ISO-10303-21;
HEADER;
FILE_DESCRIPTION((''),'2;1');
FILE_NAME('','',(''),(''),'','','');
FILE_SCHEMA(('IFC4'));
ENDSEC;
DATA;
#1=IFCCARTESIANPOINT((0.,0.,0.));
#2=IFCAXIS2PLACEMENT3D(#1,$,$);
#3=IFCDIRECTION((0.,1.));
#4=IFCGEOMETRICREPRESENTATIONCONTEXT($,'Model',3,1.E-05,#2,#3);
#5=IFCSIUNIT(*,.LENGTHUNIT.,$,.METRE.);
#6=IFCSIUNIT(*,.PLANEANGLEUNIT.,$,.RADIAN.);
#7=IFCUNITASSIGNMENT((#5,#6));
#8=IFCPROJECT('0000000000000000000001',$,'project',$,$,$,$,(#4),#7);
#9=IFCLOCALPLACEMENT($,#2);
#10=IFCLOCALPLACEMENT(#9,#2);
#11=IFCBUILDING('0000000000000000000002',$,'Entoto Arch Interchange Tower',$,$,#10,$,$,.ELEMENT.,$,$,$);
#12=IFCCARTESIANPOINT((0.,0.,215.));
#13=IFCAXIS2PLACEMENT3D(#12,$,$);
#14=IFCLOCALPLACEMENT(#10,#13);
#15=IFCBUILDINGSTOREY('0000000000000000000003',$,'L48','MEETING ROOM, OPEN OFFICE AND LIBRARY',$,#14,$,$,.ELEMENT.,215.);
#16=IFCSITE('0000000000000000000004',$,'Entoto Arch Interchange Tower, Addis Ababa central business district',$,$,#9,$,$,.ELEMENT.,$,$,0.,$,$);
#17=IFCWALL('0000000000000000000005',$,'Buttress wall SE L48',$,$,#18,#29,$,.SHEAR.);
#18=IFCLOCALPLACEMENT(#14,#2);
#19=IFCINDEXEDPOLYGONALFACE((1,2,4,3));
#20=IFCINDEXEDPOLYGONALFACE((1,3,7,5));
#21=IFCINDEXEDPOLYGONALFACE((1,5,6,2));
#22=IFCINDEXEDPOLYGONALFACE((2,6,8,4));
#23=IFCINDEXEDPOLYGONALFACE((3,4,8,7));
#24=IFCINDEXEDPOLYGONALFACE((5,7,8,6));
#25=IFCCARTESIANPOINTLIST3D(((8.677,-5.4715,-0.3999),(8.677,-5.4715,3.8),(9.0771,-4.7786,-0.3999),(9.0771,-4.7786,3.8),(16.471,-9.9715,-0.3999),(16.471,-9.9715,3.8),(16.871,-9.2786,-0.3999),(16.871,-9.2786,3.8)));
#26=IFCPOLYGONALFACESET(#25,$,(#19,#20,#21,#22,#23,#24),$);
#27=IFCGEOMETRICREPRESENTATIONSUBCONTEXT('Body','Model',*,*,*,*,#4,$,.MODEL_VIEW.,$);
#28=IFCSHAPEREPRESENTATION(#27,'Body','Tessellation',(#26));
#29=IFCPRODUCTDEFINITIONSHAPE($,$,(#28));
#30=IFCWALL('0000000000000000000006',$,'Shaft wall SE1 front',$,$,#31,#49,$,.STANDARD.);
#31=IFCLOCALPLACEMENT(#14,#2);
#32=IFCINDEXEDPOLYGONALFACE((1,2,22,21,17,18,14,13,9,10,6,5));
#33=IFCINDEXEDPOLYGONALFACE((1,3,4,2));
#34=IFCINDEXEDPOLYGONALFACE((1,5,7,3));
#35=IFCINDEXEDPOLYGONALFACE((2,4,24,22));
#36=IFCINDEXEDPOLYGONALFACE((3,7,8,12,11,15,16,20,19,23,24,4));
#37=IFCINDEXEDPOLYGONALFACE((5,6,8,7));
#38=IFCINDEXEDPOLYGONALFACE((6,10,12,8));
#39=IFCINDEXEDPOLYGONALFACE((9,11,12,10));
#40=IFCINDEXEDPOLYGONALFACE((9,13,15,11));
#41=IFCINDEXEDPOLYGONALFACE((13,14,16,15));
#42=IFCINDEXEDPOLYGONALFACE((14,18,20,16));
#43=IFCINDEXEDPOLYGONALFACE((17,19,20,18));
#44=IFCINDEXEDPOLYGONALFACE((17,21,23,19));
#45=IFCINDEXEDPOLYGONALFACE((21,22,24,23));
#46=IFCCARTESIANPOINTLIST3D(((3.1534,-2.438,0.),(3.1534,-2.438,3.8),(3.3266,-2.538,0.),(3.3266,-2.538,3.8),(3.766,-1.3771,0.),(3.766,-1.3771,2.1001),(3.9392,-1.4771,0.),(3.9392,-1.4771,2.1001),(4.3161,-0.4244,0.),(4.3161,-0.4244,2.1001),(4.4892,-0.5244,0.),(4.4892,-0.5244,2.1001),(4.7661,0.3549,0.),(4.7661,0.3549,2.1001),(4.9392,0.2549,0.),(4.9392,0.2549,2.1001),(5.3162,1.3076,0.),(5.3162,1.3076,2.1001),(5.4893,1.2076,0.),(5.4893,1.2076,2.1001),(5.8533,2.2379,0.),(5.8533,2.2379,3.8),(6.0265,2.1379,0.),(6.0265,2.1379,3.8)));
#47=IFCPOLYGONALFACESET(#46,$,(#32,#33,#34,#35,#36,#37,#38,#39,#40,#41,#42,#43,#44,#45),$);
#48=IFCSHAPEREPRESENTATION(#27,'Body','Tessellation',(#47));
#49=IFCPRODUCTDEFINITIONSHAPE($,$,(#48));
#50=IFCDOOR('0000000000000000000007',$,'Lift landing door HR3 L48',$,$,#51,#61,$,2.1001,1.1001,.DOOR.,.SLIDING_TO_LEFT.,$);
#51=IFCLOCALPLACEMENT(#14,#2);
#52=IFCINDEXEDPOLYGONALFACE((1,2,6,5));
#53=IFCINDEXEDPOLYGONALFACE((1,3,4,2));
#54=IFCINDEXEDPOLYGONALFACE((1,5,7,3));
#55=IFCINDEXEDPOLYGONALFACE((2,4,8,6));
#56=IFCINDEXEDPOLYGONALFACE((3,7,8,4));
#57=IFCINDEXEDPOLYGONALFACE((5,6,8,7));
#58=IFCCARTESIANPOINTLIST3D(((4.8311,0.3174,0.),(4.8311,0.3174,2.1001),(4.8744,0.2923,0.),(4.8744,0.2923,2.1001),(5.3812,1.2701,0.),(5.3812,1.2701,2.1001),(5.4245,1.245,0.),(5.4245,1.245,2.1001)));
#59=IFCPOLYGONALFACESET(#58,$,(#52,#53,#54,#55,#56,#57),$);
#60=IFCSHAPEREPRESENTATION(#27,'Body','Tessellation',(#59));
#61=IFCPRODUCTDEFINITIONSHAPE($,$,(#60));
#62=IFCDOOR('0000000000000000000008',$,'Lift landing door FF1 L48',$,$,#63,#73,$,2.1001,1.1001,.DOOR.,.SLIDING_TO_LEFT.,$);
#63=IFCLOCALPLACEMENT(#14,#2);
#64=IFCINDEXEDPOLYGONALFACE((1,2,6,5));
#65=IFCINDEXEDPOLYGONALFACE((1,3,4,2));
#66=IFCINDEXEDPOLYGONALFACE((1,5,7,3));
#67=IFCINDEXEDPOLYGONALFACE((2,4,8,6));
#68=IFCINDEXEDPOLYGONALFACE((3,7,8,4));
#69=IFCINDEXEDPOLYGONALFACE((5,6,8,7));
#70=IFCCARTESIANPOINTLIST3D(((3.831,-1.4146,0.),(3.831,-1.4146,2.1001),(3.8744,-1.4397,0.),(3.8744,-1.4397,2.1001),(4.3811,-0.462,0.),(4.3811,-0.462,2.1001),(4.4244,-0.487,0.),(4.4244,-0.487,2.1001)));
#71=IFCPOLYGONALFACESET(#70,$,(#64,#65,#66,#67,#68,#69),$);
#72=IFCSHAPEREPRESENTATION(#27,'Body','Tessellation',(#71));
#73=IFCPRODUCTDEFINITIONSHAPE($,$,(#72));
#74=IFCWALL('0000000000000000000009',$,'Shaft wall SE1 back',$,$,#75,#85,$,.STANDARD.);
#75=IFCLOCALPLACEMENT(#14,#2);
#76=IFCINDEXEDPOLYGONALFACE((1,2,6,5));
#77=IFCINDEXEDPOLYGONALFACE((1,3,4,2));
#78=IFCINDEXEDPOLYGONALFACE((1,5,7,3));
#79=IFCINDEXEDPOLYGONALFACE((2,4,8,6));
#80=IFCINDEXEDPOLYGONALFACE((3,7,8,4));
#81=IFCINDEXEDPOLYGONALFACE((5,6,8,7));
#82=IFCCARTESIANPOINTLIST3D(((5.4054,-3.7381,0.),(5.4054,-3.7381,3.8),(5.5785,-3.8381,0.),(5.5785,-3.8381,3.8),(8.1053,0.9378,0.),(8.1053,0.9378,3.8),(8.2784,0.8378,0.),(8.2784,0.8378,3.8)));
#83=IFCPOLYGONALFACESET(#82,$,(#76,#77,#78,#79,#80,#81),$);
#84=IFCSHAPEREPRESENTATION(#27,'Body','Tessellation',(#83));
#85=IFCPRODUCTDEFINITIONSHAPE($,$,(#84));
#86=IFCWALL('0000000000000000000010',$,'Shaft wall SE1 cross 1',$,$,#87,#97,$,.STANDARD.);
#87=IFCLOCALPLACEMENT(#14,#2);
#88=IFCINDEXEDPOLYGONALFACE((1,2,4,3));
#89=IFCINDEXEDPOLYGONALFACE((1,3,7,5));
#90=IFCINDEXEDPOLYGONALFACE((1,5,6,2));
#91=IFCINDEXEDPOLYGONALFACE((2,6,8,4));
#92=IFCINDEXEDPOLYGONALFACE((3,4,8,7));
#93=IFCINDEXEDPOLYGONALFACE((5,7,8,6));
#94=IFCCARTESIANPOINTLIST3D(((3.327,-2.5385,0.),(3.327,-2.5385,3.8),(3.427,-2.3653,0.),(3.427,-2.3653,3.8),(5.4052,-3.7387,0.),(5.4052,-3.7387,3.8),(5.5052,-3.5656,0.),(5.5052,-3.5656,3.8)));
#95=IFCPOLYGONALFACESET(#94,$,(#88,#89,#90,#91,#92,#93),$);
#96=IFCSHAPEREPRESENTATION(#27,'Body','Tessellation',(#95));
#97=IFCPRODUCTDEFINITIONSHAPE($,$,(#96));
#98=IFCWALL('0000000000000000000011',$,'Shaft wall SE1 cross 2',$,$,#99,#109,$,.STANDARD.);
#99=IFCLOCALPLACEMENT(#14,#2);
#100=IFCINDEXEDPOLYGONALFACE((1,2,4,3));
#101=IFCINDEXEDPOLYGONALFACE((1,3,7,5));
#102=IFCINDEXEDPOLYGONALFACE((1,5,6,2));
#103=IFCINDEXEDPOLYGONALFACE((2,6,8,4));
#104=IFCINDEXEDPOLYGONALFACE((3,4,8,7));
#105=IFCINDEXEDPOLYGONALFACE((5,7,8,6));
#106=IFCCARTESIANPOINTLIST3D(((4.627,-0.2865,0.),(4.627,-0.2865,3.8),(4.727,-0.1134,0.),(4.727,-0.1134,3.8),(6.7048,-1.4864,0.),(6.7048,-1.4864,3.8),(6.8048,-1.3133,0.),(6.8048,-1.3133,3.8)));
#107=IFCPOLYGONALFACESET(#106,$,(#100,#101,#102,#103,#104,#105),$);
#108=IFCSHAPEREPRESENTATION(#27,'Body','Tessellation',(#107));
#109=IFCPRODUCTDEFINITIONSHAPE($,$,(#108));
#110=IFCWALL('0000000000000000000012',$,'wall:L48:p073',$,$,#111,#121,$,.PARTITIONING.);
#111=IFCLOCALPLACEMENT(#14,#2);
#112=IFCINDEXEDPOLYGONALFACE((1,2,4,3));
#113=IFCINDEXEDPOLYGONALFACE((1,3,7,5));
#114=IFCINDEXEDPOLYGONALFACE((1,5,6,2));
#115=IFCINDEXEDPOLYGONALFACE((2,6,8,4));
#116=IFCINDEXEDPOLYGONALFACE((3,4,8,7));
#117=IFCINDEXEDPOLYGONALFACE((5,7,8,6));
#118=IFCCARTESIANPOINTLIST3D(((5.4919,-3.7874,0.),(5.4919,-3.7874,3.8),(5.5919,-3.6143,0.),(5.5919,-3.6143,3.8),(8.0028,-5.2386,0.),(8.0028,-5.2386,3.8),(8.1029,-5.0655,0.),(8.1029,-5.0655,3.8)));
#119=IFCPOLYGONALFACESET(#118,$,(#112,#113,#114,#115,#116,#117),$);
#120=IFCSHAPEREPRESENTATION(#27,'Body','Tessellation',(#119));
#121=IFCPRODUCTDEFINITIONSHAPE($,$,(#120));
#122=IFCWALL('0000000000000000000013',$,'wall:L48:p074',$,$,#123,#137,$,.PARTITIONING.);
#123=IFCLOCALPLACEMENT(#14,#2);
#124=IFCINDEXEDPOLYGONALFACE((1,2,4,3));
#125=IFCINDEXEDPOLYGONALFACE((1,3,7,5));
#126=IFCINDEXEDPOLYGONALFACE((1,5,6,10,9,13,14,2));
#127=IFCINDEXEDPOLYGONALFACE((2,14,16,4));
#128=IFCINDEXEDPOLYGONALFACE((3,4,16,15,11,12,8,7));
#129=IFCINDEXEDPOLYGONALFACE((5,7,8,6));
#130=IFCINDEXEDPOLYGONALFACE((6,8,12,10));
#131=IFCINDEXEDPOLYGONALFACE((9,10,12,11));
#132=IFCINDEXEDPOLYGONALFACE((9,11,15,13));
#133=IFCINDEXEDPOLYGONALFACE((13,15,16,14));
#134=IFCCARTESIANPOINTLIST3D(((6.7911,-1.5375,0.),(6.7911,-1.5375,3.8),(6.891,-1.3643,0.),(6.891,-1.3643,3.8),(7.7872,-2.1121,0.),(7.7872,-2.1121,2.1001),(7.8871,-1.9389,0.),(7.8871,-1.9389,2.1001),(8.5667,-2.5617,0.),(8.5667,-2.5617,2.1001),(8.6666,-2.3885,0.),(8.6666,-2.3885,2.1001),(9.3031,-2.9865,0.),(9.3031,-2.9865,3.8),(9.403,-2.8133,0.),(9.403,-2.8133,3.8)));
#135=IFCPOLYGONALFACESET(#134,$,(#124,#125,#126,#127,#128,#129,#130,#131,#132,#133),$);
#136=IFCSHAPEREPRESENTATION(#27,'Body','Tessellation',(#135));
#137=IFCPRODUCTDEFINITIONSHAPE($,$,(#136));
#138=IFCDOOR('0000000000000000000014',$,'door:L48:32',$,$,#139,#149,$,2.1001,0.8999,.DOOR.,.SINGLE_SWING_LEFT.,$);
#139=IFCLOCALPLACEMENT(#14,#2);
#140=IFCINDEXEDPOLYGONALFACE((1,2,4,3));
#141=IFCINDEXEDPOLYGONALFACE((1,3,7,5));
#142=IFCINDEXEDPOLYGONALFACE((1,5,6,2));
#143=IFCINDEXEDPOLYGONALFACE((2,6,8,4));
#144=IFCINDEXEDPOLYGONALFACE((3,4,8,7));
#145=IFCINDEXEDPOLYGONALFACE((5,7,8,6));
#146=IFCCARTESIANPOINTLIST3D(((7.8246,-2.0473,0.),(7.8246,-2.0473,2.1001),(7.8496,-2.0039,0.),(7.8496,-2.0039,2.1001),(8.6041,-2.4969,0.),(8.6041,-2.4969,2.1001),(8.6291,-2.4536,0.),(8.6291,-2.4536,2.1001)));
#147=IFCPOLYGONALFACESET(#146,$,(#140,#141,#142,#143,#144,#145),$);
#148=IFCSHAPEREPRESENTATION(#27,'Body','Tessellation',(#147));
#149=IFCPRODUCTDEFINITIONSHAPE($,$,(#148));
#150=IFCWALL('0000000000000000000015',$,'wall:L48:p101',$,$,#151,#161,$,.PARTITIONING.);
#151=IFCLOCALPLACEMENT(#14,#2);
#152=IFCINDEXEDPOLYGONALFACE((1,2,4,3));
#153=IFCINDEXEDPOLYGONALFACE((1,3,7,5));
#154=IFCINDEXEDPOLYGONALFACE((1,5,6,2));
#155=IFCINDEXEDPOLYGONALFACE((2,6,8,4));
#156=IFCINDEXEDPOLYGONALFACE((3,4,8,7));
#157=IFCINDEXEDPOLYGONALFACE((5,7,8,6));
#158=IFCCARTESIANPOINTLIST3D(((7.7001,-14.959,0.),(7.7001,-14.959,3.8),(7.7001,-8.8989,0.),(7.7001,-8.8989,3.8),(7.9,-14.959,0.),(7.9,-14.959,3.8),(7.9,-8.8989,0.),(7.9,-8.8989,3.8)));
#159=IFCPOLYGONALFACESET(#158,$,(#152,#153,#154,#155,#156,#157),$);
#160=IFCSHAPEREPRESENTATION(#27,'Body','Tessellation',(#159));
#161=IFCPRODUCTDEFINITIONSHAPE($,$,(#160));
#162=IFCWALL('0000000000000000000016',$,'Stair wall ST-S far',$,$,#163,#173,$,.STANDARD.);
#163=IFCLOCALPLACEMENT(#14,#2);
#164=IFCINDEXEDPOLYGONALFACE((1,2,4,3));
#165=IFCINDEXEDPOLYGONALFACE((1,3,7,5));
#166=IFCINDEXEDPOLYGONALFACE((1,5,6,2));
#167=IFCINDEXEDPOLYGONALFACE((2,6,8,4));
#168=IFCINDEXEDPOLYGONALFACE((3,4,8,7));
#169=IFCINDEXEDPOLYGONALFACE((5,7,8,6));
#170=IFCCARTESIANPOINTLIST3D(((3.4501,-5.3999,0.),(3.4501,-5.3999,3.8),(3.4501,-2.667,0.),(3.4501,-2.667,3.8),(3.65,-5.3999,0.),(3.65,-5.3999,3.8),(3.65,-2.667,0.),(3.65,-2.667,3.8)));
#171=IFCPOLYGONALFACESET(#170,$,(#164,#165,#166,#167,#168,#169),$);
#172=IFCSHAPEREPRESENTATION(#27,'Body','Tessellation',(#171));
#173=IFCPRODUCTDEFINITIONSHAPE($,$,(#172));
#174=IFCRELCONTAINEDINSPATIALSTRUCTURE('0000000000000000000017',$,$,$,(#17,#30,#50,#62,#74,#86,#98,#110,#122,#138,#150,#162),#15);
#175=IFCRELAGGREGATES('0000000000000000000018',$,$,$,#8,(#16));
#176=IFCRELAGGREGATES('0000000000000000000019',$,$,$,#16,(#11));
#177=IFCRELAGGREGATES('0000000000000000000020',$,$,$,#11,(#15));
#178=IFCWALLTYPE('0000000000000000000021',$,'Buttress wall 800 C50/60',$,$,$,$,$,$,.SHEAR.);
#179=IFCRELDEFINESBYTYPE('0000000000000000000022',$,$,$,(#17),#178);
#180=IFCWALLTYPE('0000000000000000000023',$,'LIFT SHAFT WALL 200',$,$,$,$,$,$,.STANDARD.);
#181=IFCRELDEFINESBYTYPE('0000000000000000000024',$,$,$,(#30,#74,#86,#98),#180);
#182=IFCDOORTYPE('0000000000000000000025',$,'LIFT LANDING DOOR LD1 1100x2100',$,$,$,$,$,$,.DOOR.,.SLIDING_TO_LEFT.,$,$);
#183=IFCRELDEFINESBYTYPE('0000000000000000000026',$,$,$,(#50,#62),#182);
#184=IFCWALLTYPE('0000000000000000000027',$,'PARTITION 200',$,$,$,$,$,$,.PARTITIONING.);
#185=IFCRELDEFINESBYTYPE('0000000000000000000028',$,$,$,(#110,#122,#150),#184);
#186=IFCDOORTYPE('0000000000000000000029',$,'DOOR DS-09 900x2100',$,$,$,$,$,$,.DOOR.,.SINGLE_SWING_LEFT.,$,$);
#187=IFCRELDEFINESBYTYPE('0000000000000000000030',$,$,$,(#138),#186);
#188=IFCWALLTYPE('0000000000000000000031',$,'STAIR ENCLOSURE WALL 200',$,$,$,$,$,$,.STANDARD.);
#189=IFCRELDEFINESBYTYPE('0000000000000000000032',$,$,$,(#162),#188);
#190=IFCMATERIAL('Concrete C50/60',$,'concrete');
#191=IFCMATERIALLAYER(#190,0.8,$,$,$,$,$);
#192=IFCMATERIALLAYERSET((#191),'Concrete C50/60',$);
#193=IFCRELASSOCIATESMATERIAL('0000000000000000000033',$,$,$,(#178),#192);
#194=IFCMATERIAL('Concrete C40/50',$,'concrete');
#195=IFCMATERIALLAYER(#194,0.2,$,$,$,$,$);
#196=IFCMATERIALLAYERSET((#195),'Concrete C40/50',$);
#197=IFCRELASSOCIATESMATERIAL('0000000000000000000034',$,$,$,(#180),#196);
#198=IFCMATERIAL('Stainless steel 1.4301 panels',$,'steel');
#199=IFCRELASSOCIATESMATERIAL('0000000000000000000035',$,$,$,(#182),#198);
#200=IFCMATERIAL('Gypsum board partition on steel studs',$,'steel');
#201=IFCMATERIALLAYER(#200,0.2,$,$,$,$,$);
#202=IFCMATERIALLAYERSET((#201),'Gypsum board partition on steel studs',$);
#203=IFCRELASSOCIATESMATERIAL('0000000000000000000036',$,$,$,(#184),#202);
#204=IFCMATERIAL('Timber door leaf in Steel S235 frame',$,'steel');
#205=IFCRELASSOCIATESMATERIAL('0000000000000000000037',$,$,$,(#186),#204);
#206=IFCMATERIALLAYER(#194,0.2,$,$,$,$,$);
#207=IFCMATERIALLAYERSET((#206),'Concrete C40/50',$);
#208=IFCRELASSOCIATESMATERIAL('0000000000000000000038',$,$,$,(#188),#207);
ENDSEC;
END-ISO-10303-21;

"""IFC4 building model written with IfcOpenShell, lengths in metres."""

from ifc_helpers import new_model, si_unit, direction, frame, frame_2d, origin, place, context, subcontext, project, spatial, rectangle, extrude, material, layer, layer_set, type_object, element, fill, save


model = new_model("IFC4")

# Units and contexts
model_context = context("Model", 3, precision=1e-05, world=origin(), true_north=direction((0.0, 1.0)))
body_context = subcontext(model_context, "Body", "Model", "MODEL_VIEW")
ifc_project = project(units=[si_unit("LENGTHUNIT", "METRE"), si_unit("PLANEANGLEUNIT", "RADIAN")], contexts=[model_context])

# Site, building, storey
site_placement = place(None, origin())
site = spatial("IfcSite", under=ifc_project, at=site_placement, Name="Entoto Arch Interchange Tower, Addis Ababa central business district", CompositionType="ELEMENT", RefElevation=0.0)
building_placement = place(site_placement, origin())
building = spatial("IfcBuilding", under=site, at=building_placement, Name="Entoto Arch Interchange Tower", CompositionType="ELEMENT")
storey_placement = place(building_placement, frame((0.0, 0.0, 215.0)))
storey = spatial("IfcBuildingStorey", under=building, at=storey_placement, Name="L48", Description="MEETING ROOM, OPEN OFFICE AND LIBRARY", CompositionType="ELEMENT", Elevation=215.0)

# Wall
ifc_material_1 = material(Name="Concrete C50/60", Category="concrete")
ifc_layer_1 = layer(ifc_material_1, 0.8)
ifc_layer_set_1 = layer_set([ifc_layer_1], Name="Concrete C50/60")
wall_type_1 = type_object("IfcWallType", Name="Buttress wall 800 C50/60", PredefinedType="SHEAR", material=ifc_layer_set_1)
wall_1_placement = place(storey_placement, frame((8.877, -5.125, -0.3999), z_axis=(0.0, 0.0, 1.0), x_axis=(0.866018, -0.500014, 0.0)))
element("IfcWall", 1, at=wall_1_placement, inside=storey, type_object=wall_type_1, Name="Buttress wall SE L48", PredefinedType="SHEAR", context=body_context, shape_type="SweptSolid", body=[
    extrude(rectangle(XDim=8.9998, YDim=0.8, at=frame_2d((4.5, 0.0))), origin(), (0.0, 0.0, 1.0), 4.2),
])

# Wall, openings, doors
ifc_material_2 = material(Name="Concrete C40/50", Category="concrete")
ifc_layer_2 = layer(ifc_material_2, 0.2)
ifc_layer_set_2 = layer_set([ifc_layer_2], Name="Concrete C40/50")
wall_type_2 = type_object("IfcWallType", Name="LIFT SHAFT WALL 200", PredefinedType="STANDARD", material=ifc_layer_set_2)
wall_2_placement = place(storey_placement, frame((3.24, -2.488, 0.0), z_axis=(0.0, 0.0, 1.0), x_axis=(0.500034, 0.866006, 0.0)))
wall_2 = element("IfcWall", 2, at=wall_2_placement, inside=storey, type_object=wall_type_2, Name="Shaft wall SE1 front", PredefinedType="STANDARD", context=body_context, shape_type="SweptSolid", body=[
    extrude(rectangle(XDim=5.3994, YDim=0.2, at=frame_2d((2.6997, 0.0))), origin(), (0.0, 0.0, 1.0), 3.8),
])
opening_1_placement = place(wall_2_placement, frame((3.2251, 0.0, 0.0)))
opening_1 = element("IfcOpeningElement", 3, at=opening_1_placement, cuts=wall_2, PredefinedType="OPENING", context=body_context, shape_type="SweptSolid", body=[
    extrude(rectangle(XDim=1.1001, YDim=2.1001, at=frame_2d((0.55, 1.05))), frame((0.0, 0.1099, 0.0), z_axis=(0.0, -1.0, 0.0), x_axis=(1.0, 0.0, 0.0)), (0.0, 0.0, 1.0), 0.22),
])
opening_2_placement = place(wall_2_placement, frame((1.2251, 0.0, 0.0)))
opening_2 = element("IfcOpeningElement", 4, at=opening_2_placement, cuts=wall_2, PredefinedType="OPENING", context=body_context, shape_type="SweptSolid", body=[
    extrude(rectangle(XDim=1.1001, YDim=2.1001, at=frame_2d((0.55, 1.05))), frame((0.0, 0.1099, 0.0), z_axis=(0.0, -1.0, 0.0), x_axis=(1.0, 0.0, 0.0)), (0.0, 0.0, 1.0), 0.22),
])
ifc_material_3 = material(Name="Stainless steel 1.4301 panels", Category="steel")
door_type_1 = type_object("IfcDoorType", Name="LIFT LANDING DOOR LD1 1100x2100", OperationType="SLIDING_TO_LEFT", PredefinedType="DOOR", material=ifc_material_3)
door_1_placement = place(opening_1_placement, origin())
door_1 = element("IfcDoor", 5, at=door_1_placement, inside=storey, type_object=door_type_1, Name="Lift landing door HR3 L48", OperationType="SLIDING_TO_LEFT", OverallHeight=2.1001, OverallWidth=1.1001, PredefinedType="DOOR", context=body_context, shape_type="SweptSolid", body=[
    extrude(rectangle(XDim=1.1001, YDim=2.1001, at=frame_2d((0.55, 1.05))), frame((0.0, 0.0249, 0.0), z_axis=(0.0, -1.0, 0.0), x_axis=(1.0, 0.0, 0.0)), (0.0, 0.0, 1.0), 0.05),
])
fill(opening_1, door_1)
door_2_placement = place(opening_2_placement, origin())
door_2 = element("IfcDoor", 6, at=door_2_placement, inside=storey, type_object=door_type_1, Name="Lift landing door FF1 L48", OperationType="SLIDING_TO_LEFT", OverallHeight=2.1001, OverallWidth=1.1001, PredefinedType="DOOR", context=body_context, shape_type="SweptSolid", body=[
    extrude(rectangle(XDim=1.1001, YDim=2.1001, at=frame_2d((0.55, 1.05))), frame((0.0, 0.0249, 0.0), z_axis=(0.0, -1.0, 0.0), x_axis=(1.0, 0.0, 0.0)), (0.0, 0.0, 1.0), 0.05),
])
fill(opening_2, door_2)

# Walls
wall_3_placement = place(storey_placement, frame((5.4919, -3.7881, 0.0), z_axis=(0.0, 0.0, 1.0), x_axis=(0.500034, 0.866006, 0.0)))
element("IfcWall", 7, at=wall_3_placement, inside=storey, type_object=wall_type_2, Name="Shaft wall SE1 back", PredefinedType="STANDARD", context=body_context, shape_type="SweptSolid", body=[
    extrude(rectangle(XDim=5.3994, YDim=0.2, at=frame_2d((2.6997, 0.0))), origin(), (0.0, 0.0, 1.0), 3.8),
])
wall_4_placement = place(storey_placement, frame((3.377, -2.4519, 0.0), z_axis=(0.0, 0.0, 1.0), x_axis=(0.865955, -0.500122, 0.0)))
element("IfcWall", 8, at=wall_4_placement, inside=storey, type_object=wall_type_2, Name="Shaft wall SE1 cross 1", PredefinedType="STANDARD", context=body_context, shape_type="SweptSolid", body=[
    extrude(rectangle(XDim=2.3999, YDim=0.2, at=frame_2d((1.2, 0.0))), origin(), (0.0, 0.0, 1.0), 3.8),
])
wall_5_placement = place(storey_placement, frame((4.677, -0.2, 0.0), z_axis=(0.0, 0.0, 1.0), x_axis=(0.865974, -0.500089, 0.0)))
element("IfcWall", 9, at=wall_5_placement, inside=storey, type_object=wall_type_2, Name="Shaft wall SE1 cross 2", PredefinedType="STANDARD", context=body_context, shape_type="SweptSolid", body=[
    extrude(rectangle(XDim=2.3994, YDim=0.2, at=frame_2d((1.1997, 0.0))), origin(), (0.0, 0.0, 1.0), 3.8),
])
ifc_material_4 = material(Name="Gypsum board partition on steel studs", Category="steel")
ifc_layer_3 = layer(ifc_material_4, 0.2)
ifc_layer_set_3 = layer_set([ifc_layer_3], Name="Gypsum board partition on steel studs")
wall_type_3 = type_object("IfcWallType", Name="PARTITION 200", PredefinedType="PARTITIONING", material=ifc_layer_set_3)
wall_6_placement = place(storey_placement, frame((8.053, -5.1521, 0.0), z_axis=(0.0, 0.0, 1.0), x_axis=(-0.865808, 0.500376, 0.0)))
element("IfcWall", 10, at=wall_6_placement, inside=storey, type_object=wall_type_3, Name="wall:L48:p073", PredefinedType="PARTITIONING", context=body_context, shape_type="SweptSolid", body=[
    extrude(rectangle(XDim=2.9001, YDim=0.2, at=frame_2d((1.4502, 0.0))), origin(), (0.0, 0.0, 1.0), 3.8),
])

# Wall, opening, door
wall_7_placement = place(storey_placement, frame((6.8411, -1.4509, 0.0), z_axis=(0.0, 0.0, 1.0), x_axis=(0.866221, -0.499662, 0.0)))
wall_7 = element("IfcWall", 11, at=wall_7_placement, inside=storey, type_object=wall_type_3, Name="wall:L48:p074", PredefinedType="PARTITIONING", context=body_context, shape_type="SweptSolid", body=[
    extrude(rectangle(XDim=2.8999, YDim=0.2, at=frame_2d((1.45, 0.0))), origin(), (0.0, 0.0, 1.0), 3.8),
])
opening_3_placement = place(wall_7_placement, frame((1.1499, 0.0, 0.0)))
opening_3 = element("IfcOpeningElement", 12, at=opening_3_placement, cuts=wall_7, PredefinedType="OPENING", context=body_context, shape_type="SweptSolid", body=[
    extrude(rectangle(XDim=0.8999, YDim=2.1001, at=frame_2d((0.45, 1.05))), frame((0.0, 0.1099, 0.0), z_axis=(0.0, -1.0, 0.0), x_axis=(1.0, 0.0, 0.0)), (0.0, 0.0, 1.0), 0.22),
])
ifc_material_5 = material(Name="Timber door leaf in Steel S235 frame", Category="steel")
door_type_2 = type_object("IfcDoorType", Name="DOOR DS-09 900x2100", OperationType="SINGLE_SWING_LEFT", PredefinedType="DOOR", material=ifc_material_5)
door_3_placement = place(opening_3_placement, origin())
door_3 = element("IfcDoor", 13, at=door_3_placement, inside=storey, type_object=door_type_2, Name="door:L48:32", OperationType="SINGLE_SWING_LEFT", OverallHeight=2.1001, OverallWidth=0.8999, PredefinedType="DOOR", context=body_context, shape_type="SweptSolid", body=[
    extrude(rectangle(XDim=0.8999, YDim=2.1001, at=frame_2d((0.45, 1.05))), frame((0.0, 0.0249, 0.0), z_axis=(0.0, -1.0, 0.0), x_axis=(1.0, 0.0, 0.0)), (0.0, 0.0, 1.0), 0.05),
])
fill(opening_3, door_3)

# Walls
wall_8_placement = place(storey_placement, frame((7.8, -8.8989, 0.0), z_axis=(0.0, 0.0, 1.0), x_axis=(0.0, -1.0, 0.0)))
element("IfcWall", 14, at=wall_8_placement, inside=storey, type_object=wall_type_3, Name="wall:L48:p101", PredefinedType="PARTITIONING", context=body_context, shape_type="SweptSolid", body=[
    extrude(rectangle(XDim=6.0601, YDim=0.2, at=frame_2d((3.03, 0.0))), origin(), (0.0, 0.0, 1.0), 3.8),
])
ifc_layer_4 = layer(ifc_material_2, 0.2)
ifc_layer_set_4 = layer_set([ifc_layer_4], Name="Concrete C40/50")
wall_type_4 = type_object("IfcWallType", Name="STAIR ENCLOSURE WALL 200", PredefinedType="STANDARD", material=ifc_layer_set_4)
wall_9_placement = place(storey_placement, frame((3.55, -2.667, 0.0), z_axis=(0.0, 0.0, 1.0), x_axis=(0.0, -1.0, 0.0)))
element("IfcWall", 15, at=wall_9_placement, inside=storey, type_object=wall_type_4, Name="Stair wall ST-S far", PredefinedType="STANDARD", context=body_context, shape_type="SweptSolid", body=[
    extrude(rectangle(XDim=2.7329, YDim=0.2, at=frame_2d((1.3665, 0.0))), origin(), (0.0, 0.0, 1.0), 3.8),
])

save(model, "model.ifc")
